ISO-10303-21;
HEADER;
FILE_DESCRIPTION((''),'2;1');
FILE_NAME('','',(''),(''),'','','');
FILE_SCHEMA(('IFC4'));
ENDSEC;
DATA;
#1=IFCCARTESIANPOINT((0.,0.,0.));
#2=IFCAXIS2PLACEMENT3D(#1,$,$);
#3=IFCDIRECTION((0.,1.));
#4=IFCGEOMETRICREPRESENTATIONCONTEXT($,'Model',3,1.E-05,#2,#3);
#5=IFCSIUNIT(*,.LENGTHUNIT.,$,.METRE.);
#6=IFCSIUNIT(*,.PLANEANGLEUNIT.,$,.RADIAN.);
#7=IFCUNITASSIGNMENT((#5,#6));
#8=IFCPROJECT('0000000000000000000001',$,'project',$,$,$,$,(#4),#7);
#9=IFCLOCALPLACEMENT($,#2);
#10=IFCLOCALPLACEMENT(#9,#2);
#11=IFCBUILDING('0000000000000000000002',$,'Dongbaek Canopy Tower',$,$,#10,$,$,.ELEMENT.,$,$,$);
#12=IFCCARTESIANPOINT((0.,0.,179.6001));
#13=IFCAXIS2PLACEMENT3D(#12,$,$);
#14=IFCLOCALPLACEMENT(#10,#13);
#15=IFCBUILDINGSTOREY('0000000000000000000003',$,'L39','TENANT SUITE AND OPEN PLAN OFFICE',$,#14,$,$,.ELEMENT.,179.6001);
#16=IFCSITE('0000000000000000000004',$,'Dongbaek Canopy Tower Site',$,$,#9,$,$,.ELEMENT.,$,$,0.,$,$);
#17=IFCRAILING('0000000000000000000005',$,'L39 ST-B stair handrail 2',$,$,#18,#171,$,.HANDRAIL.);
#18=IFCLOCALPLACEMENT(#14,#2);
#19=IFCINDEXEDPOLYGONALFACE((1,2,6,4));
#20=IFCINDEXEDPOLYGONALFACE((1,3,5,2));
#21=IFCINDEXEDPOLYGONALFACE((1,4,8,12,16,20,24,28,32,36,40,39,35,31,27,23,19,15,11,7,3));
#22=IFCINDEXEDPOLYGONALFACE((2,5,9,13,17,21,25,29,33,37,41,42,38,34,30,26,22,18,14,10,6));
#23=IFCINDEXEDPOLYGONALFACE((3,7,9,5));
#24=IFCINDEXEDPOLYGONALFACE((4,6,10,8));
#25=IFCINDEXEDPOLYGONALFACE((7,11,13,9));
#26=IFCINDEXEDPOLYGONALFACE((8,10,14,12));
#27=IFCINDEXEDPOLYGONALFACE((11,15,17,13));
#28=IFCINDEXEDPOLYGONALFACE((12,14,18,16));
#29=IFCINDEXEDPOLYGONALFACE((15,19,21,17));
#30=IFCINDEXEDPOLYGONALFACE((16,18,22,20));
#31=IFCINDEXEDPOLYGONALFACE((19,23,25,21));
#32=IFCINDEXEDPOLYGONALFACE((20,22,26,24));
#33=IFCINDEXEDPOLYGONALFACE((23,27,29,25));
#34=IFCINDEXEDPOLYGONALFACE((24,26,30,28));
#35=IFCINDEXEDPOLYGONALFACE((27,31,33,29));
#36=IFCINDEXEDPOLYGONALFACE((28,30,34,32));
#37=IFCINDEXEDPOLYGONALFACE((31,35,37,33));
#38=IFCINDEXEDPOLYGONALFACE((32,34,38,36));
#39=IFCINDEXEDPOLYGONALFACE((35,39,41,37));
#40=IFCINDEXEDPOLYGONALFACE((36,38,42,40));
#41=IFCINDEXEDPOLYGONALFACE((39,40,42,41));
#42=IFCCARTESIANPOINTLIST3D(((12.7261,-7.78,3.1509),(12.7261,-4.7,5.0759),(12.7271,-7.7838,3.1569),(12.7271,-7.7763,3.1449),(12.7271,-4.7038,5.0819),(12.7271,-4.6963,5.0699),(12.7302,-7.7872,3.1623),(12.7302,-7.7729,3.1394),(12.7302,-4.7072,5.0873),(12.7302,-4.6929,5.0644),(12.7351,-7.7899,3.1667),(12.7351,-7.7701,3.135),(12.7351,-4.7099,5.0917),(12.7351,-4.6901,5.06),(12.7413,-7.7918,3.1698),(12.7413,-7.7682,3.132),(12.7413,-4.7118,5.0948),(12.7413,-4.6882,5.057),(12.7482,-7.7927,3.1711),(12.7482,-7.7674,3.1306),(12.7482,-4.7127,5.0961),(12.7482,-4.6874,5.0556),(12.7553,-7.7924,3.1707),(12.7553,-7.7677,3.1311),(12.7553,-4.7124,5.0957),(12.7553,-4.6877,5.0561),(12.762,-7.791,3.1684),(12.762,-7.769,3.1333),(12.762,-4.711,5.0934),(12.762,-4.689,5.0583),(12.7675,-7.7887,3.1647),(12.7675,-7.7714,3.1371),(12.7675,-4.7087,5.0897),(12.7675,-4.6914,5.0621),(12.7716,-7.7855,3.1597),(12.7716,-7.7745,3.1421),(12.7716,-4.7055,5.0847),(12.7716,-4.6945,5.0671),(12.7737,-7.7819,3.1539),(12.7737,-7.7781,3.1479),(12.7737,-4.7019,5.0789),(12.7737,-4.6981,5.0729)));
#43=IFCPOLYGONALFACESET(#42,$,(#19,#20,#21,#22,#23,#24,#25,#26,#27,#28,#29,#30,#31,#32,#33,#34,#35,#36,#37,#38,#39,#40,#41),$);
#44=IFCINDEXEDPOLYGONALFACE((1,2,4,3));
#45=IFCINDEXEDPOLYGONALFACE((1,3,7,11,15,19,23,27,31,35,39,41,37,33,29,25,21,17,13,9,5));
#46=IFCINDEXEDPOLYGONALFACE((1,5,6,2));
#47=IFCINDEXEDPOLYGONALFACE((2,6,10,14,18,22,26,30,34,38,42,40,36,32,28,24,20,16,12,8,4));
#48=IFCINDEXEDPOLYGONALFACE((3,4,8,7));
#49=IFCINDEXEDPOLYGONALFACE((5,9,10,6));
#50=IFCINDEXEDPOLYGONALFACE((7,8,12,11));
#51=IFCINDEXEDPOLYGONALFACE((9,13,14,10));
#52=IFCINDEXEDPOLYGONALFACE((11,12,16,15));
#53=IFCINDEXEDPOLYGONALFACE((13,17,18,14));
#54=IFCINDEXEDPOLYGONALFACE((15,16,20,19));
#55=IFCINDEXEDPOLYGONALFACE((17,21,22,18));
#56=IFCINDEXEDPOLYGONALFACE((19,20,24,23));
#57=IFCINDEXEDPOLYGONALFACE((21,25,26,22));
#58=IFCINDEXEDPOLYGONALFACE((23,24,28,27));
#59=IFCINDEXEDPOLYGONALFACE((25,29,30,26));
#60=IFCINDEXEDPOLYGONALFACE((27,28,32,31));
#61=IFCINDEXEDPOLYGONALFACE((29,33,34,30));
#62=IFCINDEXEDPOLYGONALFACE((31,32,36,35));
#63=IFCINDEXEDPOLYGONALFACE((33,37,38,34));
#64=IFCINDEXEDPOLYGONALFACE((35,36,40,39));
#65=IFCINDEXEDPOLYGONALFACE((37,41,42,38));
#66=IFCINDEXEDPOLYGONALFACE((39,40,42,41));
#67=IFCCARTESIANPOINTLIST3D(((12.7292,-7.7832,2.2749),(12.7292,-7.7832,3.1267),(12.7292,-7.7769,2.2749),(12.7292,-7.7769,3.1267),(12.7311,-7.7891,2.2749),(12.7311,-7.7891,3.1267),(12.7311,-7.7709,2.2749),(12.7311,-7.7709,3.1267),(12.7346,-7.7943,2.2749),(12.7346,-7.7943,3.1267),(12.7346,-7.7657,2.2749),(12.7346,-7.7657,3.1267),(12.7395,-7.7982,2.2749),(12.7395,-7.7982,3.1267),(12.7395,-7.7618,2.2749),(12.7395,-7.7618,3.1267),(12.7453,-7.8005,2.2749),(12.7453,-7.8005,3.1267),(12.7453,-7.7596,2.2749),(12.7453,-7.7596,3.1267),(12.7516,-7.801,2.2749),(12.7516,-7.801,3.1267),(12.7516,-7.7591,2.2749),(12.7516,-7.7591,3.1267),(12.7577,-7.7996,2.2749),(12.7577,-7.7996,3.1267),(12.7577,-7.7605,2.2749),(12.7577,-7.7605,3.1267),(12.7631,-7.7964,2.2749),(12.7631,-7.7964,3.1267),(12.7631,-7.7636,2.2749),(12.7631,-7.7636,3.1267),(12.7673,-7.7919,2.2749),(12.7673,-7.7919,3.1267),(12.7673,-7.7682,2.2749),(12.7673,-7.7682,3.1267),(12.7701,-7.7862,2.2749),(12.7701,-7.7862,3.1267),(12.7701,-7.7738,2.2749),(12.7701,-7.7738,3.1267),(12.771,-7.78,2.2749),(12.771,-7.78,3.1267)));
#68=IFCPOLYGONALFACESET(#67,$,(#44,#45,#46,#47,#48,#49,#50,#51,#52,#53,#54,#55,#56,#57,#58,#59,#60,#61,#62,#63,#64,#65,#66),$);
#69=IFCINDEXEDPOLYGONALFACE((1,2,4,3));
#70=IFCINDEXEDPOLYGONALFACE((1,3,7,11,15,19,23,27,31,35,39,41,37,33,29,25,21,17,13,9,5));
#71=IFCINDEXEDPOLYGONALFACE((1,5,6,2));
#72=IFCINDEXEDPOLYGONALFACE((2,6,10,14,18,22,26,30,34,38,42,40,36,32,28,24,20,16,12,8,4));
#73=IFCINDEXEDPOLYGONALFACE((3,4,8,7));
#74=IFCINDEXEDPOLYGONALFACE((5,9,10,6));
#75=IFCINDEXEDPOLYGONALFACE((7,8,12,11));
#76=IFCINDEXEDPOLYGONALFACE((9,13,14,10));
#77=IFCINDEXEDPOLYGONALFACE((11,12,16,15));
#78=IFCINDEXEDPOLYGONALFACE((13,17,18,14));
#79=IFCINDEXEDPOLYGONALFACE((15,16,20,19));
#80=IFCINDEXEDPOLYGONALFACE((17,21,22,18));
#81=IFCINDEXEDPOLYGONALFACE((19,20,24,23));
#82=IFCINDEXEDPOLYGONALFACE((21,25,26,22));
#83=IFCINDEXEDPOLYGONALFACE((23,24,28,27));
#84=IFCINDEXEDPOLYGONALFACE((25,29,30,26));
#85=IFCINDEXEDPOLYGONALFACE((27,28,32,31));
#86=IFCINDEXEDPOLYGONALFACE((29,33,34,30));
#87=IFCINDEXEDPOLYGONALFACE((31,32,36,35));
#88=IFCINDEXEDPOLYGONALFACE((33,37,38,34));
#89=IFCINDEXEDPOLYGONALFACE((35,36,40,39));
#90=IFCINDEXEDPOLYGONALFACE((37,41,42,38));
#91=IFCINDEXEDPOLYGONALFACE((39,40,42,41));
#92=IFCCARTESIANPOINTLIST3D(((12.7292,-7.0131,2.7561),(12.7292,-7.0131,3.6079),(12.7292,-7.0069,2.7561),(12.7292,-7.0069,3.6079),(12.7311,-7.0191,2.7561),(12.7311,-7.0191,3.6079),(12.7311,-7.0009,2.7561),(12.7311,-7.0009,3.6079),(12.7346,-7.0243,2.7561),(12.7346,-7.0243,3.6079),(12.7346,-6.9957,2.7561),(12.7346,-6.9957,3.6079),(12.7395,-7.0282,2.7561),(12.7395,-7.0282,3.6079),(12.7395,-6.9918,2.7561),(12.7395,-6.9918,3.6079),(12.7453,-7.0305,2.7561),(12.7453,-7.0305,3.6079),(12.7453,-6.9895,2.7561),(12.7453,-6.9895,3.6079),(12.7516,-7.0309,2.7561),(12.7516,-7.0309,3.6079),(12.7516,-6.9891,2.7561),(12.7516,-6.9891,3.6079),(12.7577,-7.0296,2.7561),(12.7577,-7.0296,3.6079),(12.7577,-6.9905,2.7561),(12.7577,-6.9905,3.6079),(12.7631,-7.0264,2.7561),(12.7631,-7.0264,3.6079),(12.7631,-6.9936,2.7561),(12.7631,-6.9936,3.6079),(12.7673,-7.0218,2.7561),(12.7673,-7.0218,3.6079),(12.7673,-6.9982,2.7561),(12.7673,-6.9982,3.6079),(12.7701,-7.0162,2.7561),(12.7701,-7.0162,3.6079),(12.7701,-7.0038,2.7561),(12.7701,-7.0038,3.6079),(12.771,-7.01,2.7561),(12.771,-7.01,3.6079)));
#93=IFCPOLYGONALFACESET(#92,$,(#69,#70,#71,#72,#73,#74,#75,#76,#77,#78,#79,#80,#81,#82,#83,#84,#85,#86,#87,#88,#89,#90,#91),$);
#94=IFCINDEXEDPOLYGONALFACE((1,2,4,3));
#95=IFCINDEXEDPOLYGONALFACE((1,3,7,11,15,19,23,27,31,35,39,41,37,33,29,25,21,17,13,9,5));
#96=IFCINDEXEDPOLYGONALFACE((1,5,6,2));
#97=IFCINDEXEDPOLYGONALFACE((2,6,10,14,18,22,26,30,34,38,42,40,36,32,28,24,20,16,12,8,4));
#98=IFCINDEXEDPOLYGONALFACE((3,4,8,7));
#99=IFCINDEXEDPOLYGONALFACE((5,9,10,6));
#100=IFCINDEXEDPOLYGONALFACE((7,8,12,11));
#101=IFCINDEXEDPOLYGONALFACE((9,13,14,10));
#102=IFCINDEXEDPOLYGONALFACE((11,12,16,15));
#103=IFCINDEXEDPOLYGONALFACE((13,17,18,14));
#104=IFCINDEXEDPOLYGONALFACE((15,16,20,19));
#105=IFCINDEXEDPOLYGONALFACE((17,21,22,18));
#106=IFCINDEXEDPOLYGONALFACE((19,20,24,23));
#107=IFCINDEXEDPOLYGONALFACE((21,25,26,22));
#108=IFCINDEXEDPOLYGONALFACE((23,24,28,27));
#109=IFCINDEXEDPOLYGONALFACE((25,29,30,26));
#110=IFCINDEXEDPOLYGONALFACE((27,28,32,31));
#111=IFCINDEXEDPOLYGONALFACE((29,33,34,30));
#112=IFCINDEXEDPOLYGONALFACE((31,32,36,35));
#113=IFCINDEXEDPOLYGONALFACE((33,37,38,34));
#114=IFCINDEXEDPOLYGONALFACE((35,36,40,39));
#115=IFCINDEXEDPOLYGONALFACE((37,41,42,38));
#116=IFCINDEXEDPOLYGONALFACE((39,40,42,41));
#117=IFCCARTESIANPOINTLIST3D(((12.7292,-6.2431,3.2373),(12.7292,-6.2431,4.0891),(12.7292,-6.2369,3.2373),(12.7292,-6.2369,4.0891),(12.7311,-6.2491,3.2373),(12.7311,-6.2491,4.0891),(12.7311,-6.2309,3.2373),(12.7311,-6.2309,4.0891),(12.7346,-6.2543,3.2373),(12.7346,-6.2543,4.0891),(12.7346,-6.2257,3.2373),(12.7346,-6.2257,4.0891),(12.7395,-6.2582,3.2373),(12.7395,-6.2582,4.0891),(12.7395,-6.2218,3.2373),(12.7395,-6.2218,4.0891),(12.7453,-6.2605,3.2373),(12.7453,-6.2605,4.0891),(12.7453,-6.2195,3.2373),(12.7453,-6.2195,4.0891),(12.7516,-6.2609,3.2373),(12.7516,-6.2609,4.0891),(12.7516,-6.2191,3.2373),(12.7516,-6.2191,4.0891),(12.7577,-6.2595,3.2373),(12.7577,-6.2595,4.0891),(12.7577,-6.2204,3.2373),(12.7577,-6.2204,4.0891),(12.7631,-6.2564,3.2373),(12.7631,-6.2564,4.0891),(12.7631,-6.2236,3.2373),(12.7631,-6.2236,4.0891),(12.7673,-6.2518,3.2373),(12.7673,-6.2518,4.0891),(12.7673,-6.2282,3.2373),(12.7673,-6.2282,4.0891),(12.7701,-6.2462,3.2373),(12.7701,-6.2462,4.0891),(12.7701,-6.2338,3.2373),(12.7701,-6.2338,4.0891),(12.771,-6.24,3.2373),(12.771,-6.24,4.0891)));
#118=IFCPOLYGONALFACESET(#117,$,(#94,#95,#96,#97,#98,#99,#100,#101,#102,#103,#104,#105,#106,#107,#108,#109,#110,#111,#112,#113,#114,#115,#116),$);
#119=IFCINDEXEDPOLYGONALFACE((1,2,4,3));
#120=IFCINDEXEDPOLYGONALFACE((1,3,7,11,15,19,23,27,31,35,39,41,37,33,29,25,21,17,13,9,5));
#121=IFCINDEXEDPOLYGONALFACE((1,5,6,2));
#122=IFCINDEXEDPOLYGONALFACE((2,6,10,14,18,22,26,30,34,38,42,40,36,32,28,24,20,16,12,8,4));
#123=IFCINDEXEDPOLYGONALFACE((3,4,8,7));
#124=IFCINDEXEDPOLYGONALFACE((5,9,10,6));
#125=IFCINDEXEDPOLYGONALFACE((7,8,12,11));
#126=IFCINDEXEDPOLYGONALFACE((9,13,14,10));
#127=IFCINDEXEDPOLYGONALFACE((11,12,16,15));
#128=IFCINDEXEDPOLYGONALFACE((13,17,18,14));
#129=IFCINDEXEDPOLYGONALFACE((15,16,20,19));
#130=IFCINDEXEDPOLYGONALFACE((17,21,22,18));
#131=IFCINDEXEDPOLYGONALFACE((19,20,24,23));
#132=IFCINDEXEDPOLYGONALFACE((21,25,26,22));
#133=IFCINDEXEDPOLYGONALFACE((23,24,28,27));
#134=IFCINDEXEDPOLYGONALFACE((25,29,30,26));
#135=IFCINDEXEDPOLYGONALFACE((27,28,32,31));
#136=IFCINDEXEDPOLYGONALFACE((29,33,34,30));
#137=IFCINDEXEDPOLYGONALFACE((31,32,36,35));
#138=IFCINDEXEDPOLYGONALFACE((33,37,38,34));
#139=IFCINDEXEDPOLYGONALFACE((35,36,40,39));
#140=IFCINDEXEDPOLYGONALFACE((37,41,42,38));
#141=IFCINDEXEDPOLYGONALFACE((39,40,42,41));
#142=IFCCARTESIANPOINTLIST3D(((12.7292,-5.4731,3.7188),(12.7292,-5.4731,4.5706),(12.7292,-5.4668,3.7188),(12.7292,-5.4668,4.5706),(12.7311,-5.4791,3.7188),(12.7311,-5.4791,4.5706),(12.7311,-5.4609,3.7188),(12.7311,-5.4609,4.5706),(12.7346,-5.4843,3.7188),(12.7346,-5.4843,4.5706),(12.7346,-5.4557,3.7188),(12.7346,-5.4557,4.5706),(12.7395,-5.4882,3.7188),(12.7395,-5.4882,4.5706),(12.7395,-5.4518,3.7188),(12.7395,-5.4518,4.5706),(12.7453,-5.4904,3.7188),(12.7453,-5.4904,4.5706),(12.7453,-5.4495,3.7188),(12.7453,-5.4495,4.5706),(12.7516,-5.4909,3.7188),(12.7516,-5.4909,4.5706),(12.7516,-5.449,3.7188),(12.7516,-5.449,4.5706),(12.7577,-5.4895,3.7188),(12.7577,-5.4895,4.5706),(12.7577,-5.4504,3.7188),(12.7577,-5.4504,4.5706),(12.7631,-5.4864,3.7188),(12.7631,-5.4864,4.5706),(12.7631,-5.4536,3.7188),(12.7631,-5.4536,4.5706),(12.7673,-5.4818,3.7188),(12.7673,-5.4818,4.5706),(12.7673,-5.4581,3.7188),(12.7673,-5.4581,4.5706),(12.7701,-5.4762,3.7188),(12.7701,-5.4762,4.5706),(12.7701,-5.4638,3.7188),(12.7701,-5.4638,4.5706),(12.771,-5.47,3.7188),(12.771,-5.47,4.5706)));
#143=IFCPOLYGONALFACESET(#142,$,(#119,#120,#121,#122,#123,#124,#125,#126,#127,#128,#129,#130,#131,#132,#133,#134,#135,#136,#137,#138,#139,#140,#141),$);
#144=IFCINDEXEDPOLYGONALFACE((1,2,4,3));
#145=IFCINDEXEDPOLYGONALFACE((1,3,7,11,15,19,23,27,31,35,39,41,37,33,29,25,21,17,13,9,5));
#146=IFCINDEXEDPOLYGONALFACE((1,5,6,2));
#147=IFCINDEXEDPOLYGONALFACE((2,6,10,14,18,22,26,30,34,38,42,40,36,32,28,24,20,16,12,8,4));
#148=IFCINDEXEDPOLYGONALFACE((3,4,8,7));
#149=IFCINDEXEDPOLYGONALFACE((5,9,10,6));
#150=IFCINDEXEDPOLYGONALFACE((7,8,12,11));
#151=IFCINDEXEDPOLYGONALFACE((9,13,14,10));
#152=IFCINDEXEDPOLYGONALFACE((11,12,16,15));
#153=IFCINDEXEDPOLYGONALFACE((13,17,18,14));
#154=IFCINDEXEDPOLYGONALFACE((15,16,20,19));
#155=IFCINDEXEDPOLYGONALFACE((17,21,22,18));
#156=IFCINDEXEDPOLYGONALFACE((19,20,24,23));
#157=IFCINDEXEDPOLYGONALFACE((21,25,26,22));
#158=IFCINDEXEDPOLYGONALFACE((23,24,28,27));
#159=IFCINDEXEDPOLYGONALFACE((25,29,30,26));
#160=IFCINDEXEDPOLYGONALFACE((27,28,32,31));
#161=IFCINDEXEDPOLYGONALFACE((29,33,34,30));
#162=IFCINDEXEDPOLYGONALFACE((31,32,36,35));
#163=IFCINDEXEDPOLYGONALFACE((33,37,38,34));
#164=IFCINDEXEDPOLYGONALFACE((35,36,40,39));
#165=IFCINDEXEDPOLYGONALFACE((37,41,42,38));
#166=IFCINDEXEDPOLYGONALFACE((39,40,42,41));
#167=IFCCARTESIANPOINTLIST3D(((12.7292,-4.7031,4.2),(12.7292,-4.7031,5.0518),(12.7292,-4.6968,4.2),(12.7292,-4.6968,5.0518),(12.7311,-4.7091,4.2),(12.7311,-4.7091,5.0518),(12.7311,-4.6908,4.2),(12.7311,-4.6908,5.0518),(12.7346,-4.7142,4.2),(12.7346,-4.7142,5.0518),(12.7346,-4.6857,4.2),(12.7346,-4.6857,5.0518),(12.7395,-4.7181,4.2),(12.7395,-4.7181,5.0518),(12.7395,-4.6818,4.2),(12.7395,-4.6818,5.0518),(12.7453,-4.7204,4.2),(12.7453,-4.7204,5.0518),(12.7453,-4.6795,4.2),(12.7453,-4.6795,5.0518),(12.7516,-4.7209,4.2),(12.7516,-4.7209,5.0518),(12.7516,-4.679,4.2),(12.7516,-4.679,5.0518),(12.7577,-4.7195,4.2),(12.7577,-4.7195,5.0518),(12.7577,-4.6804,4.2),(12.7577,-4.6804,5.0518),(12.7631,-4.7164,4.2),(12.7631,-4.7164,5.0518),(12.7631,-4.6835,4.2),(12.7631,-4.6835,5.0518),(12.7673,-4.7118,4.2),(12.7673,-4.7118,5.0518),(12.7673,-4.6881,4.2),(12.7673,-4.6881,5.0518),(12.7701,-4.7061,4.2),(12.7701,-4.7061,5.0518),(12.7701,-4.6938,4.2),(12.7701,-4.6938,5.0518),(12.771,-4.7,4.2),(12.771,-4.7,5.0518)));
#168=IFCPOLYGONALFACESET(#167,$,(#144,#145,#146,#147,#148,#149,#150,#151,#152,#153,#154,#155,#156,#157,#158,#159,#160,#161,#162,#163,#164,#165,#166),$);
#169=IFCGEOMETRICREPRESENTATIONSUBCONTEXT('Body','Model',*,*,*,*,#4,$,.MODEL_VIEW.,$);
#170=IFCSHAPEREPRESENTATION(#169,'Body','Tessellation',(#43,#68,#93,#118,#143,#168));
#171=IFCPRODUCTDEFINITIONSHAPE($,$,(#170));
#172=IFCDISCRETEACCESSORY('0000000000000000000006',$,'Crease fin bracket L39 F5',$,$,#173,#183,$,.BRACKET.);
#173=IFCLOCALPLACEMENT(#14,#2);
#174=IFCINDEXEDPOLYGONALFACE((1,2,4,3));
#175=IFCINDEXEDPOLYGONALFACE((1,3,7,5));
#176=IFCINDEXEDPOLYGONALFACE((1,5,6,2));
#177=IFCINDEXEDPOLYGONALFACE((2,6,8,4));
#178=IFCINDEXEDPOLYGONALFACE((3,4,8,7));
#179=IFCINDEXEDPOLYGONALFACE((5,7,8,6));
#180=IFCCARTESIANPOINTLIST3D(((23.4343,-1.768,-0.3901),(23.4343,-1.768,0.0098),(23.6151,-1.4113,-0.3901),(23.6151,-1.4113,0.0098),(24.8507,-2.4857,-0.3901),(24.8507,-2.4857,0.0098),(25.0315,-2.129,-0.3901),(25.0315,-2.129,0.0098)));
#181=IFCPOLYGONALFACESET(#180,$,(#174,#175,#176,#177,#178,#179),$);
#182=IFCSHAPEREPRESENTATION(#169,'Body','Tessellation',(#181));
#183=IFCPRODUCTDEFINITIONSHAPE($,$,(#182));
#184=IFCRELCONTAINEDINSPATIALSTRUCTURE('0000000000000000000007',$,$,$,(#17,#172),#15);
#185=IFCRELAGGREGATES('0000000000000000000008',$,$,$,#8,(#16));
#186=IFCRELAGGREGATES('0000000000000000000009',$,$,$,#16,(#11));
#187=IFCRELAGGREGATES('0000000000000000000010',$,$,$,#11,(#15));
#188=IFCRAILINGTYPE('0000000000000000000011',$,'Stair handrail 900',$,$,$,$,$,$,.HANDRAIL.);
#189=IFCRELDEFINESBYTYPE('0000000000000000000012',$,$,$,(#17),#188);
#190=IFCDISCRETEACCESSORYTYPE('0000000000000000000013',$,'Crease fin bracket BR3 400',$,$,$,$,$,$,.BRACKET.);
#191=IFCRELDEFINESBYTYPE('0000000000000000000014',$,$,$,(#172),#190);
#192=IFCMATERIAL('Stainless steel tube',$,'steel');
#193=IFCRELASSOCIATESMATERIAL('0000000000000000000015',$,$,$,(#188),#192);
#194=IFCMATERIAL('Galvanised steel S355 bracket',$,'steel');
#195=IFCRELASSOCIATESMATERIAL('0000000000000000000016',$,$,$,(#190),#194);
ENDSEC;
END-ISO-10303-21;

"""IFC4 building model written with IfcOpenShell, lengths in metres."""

from ifc_helpers import new_model, si_unit, direction, frame, origin, origin_2d, place, context, subcontext, project, spatial, rectangle, circle, extrude, material, type_object, element, save


model = new_model("IFC4")

# Units and contexts
model_context = context("Model", 3, precision=1e-05, world=origin(), true_north=direction((0.0, 1.0)))
body_context = subcontext(model_context, "Body", "Model", "MODEL_VIEW")
ifc_project = project(units=[si_unit("LENGTHUNIT", "METRE"), si_unit("PLANEANGLEUNIT", "RADIAN")], contexts=[model_context])

# Site, building, storey
site_placement = place(None, origin())
site = spatial("IfcSite", under=ifc_project, at=site_placement, Name="Dongbaek Canopy Tower Site", CompositionType="ELEMENT", RefElevation=0.0)
building_placement = place(site_placement, origin())
building = spatial("IfcBuilding", under=site, at=building_placement, Name="Dongbaek Canopy Tower", CompositionType="ELEMENT")
storey_placement = place(building_placement, frame((0.0, 0.0, 179.6001)))
storey = spatial("IfcBuildingStorey", under=building, at=storey_placement, Name="L39", Description="TENANT SUITE AND OPEN PLAN OFFICE", CompositionType="ELEMENT", Elevation=179.6001)

# Railing
ifc_material_1 = material(Name="Stainless steel tube", Category="steel")
railing_type = type_object("IfcRailingType", Name="Stair handrail 900", PredefinedType="HANDRAIL", material=ifc_material_1)
railing_placement = place(storey_placement, frame((12.75, -7.78, 2.2749)))
element("IfcRailing", 1, at=railing_placement, inside=storey, type_object=railing_type, Name="L39 ST-B stair handrail 2", PredefinedType="HANDRAIL", context=body_context, shape_type="SweptSolid", body=[
    extrude(circle(Radius=0.0239, at=origin_2d()), frame((0.0, 0.0, 0.876), z_axis=(0.0, 0.847998, 0.529999), x_axis=(-1.0, 0.0, 0.0)), (0.0, 0.0, 1.0), 3.6321),
    extrude(circle(Radius=0.021, at=origin_2d()), origin(), (0.0, 0.0, 1.0), 0.8518),
    extrude(circle(Radius=0.021, at=origin_2d()), frame((0.0, 0.77, 0.4812)), (0.0, 0.0, 1.0), 0.8518),
    extrude(circle(Radius=0.021, at=origin_2d()), frame((0.0, 1.54, 0.9624)), (0.0, 0.0, 1.0), 0.8518),
    extrude(circle(Radius=0.021, at=origin_2d()), frame((0.0, 2.3101, 1.4438)), (0.0, 0.0, 1.0), 0.8518),
    extrude(circle(Radius=0.021, at=origin_2d()), frame((0.0, 3.0801, 1.925)), (0.0, 0.0, 1.0), 0.8518),
])

# Discrete accessory
ifc_material_2 = material(Name="Galvanised steel S355 bracket", Category="steel")
discrete_accessory_type = type_object("IfcDiscreteAccessoryType", Name="Crease fin bracket BR3 400", PredefinedType="BRACKET", material=ifc_material_2)
discrete_accessory_placement = place(storey_placement, frame((24.2329, -1.9485, -0.3901), z_axis=(0.0, 0.0, 1.0), x_axis=(0.892013, -0.45201, 0.0)))
element("IfcDiscreteAccessory", 2, at=discrete_accessory_placement, inside=storey, type_object=discrete_accessory_type, Name="Crease fin bracket L39 F5", PredefinedType="BRACKET", context=body_context, shape_type="SweptSolid", body=[
    extrude(rectangle(XDim=1.5879, YDim=0.3999, at=origin_2d()), origin(), (0.0, 0.0, 1.0), 0.3999),
])

save(model, "model.ifc")
